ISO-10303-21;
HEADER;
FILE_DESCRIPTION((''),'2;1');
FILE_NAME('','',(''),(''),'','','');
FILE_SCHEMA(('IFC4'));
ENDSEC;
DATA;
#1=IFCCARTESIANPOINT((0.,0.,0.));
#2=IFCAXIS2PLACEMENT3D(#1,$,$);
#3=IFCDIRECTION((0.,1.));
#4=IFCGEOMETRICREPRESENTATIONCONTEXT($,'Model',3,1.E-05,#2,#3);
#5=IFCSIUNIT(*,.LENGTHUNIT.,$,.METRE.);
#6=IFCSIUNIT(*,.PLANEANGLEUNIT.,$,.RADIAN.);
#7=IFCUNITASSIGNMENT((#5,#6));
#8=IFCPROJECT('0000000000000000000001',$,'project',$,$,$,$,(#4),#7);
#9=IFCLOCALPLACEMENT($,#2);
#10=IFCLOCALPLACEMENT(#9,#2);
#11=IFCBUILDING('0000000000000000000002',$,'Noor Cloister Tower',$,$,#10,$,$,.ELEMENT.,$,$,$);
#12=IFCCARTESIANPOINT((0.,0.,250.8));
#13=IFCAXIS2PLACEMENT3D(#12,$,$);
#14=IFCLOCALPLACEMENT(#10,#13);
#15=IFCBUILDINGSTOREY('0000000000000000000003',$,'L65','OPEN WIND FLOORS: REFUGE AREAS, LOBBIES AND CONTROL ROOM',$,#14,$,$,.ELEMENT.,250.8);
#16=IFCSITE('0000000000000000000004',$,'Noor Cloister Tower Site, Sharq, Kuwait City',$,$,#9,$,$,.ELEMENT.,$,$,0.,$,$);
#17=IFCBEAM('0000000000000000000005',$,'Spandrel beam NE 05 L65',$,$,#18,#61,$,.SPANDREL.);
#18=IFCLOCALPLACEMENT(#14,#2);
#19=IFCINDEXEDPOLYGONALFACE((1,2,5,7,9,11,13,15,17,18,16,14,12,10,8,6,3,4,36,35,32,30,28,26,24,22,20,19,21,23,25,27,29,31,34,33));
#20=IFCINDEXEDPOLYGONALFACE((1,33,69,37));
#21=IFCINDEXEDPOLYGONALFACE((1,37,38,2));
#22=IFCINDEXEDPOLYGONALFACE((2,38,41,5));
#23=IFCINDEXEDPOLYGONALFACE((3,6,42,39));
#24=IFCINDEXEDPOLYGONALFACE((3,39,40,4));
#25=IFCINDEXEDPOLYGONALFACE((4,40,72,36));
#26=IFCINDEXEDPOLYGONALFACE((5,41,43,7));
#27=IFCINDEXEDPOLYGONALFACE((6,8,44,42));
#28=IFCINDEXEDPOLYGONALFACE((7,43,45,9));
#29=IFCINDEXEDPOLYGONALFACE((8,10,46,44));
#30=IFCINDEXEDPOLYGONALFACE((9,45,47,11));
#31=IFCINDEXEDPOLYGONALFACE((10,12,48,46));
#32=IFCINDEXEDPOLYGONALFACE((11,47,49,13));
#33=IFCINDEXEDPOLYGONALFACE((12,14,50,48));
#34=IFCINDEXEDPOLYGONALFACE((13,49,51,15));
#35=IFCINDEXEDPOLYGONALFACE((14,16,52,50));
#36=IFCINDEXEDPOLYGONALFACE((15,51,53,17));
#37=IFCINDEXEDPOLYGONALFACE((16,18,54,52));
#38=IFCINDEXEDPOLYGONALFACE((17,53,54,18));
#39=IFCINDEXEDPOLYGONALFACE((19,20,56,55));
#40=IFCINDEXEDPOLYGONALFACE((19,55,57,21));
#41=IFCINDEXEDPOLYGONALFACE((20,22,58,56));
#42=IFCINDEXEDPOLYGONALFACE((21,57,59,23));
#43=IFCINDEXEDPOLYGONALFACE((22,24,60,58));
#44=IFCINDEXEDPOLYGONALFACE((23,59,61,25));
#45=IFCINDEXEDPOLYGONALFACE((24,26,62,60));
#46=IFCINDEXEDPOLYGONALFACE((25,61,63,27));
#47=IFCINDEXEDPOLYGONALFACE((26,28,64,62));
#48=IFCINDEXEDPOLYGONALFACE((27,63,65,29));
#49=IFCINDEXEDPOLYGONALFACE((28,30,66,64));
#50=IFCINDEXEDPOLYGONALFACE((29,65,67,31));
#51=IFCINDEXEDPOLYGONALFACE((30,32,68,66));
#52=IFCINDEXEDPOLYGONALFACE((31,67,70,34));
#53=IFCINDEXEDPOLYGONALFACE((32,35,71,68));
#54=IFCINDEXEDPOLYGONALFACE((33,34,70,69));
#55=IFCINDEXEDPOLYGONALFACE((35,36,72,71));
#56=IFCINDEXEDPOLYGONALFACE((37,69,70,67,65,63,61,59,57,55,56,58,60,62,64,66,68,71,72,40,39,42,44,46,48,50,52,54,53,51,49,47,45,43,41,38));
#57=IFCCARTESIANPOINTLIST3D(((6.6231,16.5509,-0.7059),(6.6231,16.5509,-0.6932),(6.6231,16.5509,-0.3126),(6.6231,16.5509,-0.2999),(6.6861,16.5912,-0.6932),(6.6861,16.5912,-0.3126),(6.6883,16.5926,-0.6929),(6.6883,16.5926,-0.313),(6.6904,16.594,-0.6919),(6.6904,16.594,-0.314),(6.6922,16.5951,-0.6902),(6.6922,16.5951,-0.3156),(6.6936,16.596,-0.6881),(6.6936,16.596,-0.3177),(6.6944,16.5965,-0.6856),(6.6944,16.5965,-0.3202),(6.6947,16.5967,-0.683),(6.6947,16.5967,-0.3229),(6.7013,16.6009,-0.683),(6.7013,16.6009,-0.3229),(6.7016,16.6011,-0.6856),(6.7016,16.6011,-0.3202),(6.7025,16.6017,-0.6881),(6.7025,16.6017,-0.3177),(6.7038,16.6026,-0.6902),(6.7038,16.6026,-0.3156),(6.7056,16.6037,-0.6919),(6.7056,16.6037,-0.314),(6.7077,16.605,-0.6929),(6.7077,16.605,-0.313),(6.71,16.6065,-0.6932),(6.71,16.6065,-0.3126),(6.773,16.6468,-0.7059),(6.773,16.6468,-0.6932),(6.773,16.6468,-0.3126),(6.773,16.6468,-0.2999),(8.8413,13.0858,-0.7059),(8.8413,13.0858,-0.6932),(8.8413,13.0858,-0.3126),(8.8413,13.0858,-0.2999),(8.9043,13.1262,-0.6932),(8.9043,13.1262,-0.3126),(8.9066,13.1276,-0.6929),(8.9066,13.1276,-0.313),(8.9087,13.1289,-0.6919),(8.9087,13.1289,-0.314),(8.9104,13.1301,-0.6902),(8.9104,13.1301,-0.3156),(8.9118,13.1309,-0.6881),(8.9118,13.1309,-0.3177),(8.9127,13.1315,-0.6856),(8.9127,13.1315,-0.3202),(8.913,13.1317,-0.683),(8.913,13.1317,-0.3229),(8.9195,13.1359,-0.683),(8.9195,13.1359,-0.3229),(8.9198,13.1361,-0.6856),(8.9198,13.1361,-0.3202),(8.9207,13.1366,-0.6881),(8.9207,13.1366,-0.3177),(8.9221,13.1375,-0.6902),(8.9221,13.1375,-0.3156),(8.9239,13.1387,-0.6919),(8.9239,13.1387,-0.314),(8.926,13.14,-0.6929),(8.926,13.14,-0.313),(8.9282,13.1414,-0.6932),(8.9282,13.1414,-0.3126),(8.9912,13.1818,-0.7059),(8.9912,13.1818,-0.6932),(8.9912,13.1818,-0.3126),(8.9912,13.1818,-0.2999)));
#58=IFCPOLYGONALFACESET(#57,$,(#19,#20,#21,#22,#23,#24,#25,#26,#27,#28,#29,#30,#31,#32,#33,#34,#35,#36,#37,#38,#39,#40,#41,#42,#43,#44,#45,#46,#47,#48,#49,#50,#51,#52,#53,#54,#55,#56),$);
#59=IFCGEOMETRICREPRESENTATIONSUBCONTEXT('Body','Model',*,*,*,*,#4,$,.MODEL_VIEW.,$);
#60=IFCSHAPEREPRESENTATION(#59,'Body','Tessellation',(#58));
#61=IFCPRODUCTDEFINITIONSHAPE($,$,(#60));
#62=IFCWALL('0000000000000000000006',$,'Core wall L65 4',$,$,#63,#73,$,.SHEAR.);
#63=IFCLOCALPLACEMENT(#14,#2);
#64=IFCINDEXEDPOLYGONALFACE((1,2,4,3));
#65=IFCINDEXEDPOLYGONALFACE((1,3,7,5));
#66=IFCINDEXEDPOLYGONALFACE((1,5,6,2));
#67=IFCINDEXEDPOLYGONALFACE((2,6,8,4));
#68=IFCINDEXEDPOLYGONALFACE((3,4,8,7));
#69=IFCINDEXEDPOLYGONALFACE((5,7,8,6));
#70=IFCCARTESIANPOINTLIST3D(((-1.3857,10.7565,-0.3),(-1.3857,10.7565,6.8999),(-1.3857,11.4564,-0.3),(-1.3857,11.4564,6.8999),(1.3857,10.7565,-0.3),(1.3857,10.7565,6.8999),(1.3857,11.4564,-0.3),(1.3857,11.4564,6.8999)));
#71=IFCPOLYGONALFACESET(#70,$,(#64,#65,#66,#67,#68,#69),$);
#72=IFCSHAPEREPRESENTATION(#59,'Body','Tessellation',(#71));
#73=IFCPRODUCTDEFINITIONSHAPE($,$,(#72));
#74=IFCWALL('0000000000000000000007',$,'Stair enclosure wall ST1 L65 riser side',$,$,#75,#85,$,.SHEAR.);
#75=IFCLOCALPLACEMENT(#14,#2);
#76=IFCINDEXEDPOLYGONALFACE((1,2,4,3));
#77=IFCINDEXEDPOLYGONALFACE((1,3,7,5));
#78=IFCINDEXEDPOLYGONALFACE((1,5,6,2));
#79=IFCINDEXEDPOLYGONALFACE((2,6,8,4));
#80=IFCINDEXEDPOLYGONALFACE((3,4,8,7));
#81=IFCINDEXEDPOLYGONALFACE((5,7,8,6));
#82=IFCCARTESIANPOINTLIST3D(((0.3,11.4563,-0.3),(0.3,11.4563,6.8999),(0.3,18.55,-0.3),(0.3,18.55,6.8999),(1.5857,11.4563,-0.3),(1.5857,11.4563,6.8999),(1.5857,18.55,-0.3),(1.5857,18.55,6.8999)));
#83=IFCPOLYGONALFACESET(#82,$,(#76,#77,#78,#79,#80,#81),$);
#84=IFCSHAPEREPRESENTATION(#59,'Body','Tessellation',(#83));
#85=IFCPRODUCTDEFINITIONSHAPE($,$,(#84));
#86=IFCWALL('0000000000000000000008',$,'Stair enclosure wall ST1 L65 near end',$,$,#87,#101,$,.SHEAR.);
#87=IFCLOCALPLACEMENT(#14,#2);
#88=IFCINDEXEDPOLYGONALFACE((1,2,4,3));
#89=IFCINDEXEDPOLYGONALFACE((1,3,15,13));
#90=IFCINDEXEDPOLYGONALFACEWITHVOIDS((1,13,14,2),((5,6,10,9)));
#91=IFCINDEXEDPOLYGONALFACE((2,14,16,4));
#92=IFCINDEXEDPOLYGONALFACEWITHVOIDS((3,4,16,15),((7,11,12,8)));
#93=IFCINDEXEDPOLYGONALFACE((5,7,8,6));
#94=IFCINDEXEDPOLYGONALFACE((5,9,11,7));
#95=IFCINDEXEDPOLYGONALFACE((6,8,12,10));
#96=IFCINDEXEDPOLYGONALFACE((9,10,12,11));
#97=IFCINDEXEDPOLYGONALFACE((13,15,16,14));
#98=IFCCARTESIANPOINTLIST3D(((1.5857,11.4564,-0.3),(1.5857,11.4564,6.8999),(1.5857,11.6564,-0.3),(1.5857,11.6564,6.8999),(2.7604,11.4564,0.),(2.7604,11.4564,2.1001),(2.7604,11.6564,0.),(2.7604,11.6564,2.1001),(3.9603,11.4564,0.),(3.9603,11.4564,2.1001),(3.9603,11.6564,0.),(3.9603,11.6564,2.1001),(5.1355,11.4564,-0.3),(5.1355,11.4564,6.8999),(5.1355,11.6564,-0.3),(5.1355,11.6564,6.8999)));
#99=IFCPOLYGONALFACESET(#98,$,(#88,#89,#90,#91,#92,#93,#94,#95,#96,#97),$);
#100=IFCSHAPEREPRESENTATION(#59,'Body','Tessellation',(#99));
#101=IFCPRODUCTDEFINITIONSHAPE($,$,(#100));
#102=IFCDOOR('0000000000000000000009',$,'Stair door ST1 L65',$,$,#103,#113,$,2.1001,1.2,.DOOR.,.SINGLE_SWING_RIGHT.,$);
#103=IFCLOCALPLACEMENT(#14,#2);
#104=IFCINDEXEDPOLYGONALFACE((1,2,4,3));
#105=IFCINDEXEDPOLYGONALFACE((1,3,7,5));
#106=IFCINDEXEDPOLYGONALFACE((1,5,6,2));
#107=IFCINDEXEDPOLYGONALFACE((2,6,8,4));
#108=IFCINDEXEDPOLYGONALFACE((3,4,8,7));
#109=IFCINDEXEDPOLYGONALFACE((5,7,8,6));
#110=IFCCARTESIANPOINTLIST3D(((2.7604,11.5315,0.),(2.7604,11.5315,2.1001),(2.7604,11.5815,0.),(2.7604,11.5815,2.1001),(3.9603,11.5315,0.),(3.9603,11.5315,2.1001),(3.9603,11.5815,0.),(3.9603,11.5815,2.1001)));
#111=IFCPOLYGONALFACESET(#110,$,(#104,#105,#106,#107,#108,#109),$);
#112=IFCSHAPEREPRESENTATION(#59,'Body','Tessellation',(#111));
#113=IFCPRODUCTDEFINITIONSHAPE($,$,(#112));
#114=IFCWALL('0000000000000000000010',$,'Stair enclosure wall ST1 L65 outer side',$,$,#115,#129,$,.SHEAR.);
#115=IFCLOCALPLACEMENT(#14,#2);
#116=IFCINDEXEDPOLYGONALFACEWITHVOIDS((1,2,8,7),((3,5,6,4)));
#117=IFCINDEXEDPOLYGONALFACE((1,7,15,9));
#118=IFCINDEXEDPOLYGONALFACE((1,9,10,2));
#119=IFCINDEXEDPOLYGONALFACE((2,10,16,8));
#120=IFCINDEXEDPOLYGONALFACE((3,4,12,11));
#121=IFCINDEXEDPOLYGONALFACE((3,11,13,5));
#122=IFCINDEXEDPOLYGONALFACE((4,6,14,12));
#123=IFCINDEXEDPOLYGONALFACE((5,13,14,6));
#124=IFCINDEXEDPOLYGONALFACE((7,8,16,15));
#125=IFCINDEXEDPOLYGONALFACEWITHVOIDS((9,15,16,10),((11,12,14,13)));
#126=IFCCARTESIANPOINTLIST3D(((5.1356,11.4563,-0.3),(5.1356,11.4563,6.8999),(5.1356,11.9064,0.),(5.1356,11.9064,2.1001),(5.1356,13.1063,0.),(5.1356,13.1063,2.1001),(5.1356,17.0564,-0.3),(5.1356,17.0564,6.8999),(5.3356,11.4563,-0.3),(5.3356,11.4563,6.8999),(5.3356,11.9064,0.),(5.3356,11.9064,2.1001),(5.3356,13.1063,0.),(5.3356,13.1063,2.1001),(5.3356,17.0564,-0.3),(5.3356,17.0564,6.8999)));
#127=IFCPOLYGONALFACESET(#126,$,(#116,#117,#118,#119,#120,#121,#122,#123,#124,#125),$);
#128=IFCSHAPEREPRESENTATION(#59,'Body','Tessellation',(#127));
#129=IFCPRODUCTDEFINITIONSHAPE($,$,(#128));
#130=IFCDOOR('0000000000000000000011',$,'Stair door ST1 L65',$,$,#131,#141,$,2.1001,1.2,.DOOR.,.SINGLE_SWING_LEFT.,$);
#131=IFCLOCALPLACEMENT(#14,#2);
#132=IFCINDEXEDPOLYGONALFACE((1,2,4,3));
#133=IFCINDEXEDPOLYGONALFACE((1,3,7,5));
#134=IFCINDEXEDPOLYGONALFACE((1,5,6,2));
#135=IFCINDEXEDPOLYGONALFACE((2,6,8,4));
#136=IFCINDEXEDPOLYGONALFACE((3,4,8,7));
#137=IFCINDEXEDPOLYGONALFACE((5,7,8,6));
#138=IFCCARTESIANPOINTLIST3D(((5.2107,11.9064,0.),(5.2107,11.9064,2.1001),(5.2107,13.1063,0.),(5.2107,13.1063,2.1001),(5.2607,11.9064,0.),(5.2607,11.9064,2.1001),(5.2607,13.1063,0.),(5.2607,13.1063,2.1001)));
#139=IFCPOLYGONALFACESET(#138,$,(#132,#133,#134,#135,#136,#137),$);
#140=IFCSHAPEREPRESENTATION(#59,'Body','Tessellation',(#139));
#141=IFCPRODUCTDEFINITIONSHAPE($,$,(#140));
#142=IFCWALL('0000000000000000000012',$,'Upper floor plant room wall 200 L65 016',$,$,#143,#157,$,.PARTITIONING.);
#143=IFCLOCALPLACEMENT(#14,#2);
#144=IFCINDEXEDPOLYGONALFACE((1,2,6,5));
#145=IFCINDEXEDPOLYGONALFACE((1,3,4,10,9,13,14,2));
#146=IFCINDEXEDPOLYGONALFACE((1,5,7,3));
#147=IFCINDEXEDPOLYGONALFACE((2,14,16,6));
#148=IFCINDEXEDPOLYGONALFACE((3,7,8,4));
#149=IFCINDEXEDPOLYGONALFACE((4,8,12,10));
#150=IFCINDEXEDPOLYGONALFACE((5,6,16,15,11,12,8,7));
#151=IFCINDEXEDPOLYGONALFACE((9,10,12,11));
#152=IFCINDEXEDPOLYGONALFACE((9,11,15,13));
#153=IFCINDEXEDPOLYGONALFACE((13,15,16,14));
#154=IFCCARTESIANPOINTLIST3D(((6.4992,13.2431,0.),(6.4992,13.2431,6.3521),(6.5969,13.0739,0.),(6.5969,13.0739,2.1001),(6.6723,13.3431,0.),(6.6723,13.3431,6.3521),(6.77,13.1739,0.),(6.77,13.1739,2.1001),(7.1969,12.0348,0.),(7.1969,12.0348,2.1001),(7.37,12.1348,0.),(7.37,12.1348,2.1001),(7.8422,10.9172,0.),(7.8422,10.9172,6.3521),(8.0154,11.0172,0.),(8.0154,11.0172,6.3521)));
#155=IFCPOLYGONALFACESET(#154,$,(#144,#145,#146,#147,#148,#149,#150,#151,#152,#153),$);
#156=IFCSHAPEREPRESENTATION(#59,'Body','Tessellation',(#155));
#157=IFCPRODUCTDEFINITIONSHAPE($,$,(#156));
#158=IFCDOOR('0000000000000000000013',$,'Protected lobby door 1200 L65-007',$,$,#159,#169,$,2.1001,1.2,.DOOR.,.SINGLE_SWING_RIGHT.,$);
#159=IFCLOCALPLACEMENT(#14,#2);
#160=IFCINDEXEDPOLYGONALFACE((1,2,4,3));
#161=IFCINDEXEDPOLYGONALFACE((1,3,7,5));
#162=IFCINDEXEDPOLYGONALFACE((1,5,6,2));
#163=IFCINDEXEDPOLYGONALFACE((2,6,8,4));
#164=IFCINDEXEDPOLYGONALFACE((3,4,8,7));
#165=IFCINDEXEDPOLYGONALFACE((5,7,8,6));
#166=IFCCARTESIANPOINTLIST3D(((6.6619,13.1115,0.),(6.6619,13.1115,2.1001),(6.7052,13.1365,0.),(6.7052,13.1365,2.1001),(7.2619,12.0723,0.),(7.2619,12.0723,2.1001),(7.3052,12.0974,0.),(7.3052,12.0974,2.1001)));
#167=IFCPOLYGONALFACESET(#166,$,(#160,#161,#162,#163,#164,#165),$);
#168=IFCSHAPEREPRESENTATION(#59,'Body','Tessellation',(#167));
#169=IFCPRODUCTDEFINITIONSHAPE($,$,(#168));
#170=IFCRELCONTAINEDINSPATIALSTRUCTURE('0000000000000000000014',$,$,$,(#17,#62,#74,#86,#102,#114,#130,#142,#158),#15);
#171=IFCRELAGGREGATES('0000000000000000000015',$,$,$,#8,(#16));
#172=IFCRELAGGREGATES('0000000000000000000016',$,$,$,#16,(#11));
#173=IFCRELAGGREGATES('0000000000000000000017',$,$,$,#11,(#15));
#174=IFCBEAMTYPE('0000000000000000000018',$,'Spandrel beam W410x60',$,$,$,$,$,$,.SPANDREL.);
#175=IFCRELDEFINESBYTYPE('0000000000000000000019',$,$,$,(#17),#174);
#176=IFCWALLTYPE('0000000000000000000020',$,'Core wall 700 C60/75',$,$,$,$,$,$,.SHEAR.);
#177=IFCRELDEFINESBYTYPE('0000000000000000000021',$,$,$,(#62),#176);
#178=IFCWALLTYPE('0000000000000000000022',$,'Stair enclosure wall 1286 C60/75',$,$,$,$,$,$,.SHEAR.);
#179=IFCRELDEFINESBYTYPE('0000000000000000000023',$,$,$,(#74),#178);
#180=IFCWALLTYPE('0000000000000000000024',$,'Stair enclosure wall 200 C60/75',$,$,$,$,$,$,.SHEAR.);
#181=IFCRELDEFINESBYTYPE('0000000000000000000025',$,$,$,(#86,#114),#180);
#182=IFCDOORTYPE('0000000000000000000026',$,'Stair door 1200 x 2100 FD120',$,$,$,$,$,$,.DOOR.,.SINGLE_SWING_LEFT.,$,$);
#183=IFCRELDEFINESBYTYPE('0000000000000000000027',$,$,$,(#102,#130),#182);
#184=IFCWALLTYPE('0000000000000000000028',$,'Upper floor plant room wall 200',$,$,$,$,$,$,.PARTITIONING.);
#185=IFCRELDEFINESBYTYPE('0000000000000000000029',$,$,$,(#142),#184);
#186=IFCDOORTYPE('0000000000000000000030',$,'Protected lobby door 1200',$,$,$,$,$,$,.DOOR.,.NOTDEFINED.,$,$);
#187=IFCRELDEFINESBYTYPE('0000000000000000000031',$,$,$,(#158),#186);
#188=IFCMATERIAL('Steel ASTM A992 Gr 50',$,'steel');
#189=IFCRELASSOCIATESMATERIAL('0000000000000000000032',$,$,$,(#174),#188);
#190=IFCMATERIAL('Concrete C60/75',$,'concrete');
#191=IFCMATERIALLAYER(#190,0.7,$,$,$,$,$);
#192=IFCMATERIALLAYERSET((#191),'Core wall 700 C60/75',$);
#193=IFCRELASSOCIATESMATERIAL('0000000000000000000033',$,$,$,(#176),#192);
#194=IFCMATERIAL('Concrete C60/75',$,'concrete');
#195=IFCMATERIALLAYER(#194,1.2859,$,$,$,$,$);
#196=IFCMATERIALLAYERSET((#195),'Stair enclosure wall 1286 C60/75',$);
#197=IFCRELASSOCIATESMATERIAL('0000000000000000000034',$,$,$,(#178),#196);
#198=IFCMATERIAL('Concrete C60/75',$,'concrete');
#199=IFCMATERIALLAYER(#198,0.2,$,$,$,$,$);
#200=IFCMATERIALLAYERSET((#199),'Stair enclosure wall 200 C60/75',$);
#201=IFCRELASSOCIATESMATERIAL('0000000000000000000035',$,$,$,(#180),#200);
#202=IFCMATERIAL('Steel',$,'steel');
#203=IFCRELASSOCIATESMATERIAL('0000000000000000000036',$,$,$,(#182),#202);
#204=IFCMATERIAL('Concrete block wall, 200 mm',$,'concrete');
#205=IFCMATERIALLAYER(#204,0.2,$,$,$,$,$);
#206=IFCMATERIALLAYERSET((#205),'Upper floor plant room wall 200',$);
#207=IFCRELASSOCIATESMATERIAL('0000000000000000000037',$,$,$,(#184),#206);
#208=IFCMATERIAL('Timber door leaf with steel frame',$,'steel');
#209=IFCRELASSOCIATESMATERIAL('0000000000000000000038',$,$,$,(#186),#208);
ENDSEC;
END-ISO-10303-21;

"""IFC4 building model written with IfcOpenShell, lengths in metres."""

from ifc_helpers import new_model, si_unit, direction, frame, frame_2d, origin, origin_2d, place, context, subcontext, project, spatial, rectangle, i_section, extrude, material, layer, layer_set, material_profile, profile_set, type_object, element, fill, save


model = new_model("IFC4")

# Units and contexts
model_context = context("Model", 3, precision=1e-05, world=origin(), true_north=direction((0.0, 1.0)))
body_context = subcontext(model_context, "Body", "Model", "MODEL_VIEW")
ifc_project = project(units=[si_unit("LENGTHUNIT", "METRE"), si_unit("PLANEANGLEUNIT", "RADIAN")], contexts=[model_context])

# Site, building, storey
site_placement = place(None, origin())
site = spatial("IfcSite", under=ifc_project, at=site_placement, Name="Noor Cloister Tower Site, Sharq, Kuwait City", CompositionType="ELEMENT", RefElevation=0.0)
building_placement = place(site_placement, origin())
building = spatial("IfcBuilding", under=site, at=building_placement, Name="Noor Cloister Tower", CompositionType="ELEMENT")
storey_placement = place(building_placement, frame((0.0, 0.0, 250.8)))
storey = spatial("IfcBuildingStorey", under=building, at=storey_placement, Name="L65", Description="OPEN WIND FLOORS: REFUGE AREAS, LOBBIES AND CONTROL ROOM", CompositionType="ELEMENT", Elevation=250.8)

# Beam
ifc_material_1 = material(Name="Steel ASTM A992 Gr 50", Category="steel")
ifc_material_profile_1 = material_profile(ifc_material_1, i_section(OverallWidth=0.178, OverallDepth=0.406, WebThickness=0.0078, FlangeThickness=0.0127, FilletRadius=0.0103, at=origin_2d()), Name="W410x60")
ifc_profile_set_1 = profile_set([ifc_material_profile_1], Name="Steel ASTM A992 Gr 50")
beam_type_1 = type_object("IfcBeamType", Name="Spandrel beam W410x60", PredefinedType="SPANDREL", material=ifc_profile_set_1)
beam_1_placement = place(storey_placement, frame((8.9163, 13.1338, -0.5029), z_axis=(-0.539158, 0.842205, 0.0), x_axis=(-0.842205, -0.539158, 0.0)))
element("IfcBeam", 1, at=beam_1_placement, inside=storey, type_object=beam_type_1, Name="Spandrel beam NE 05 L65", PredefinedType="SPANDREL", context=body_context, shape_type="SweptSolid", body=[
    extrude(i_section(OverallWidth=0.178, OverallDepth=0.406, WebThickness=0.0078, FlangeThickness=0.0127, FilletRadius=0.0103, at=origin_2d()), origin(), (0.0, 0.0, 1.0), 4.1143),
])

# Walls
ifc_material_2 = material(Name="Concrete C60/75", Category="concrete")
ifc_layer_1 = layer(ifc_material_2, 0.7)
ifc_layer_set_1 = layer_set([ifc_layer_1], Name="Core wall 700 C60/75")
wall_type_1 = type_object("IfcWallType", Name="Core wall 700 C60/75", PredefinedType="SHEAR", material=ifc_layer_set_1)
wall_1_placement = place(storey_placement, frame((1.3857, 11.1064, -0.3), z_axis=(0.0, 0.0, 1.0), x_axis=(-1.0, 0.0, 0.0)))
element("IfcWall", 2, at=wall_1_placement, inside=storey, type_object=wall_type_1, Name="Core wall L65 4", PredefinedType="SHEAR", context=body_context, shape_type="SweptSolid", body=[
    extrude(rectangle(XDim=2.7715, YDim=0.7, at=frame_2d((1.3857, 0.0))), origin(), (0.0, 0.0, 1.0), 7.2),
])
ifc_material_3 = material(Name="Concrete C60/75", Category="concrete")
ifc_layer_2 = layer(ifc_material_3, 1.2859)
ifc_layer_set_2 = layer_set([ifc_layer_2], Name="Stair enclosure wall 1286 C60/75")
wall_type_2 = type_object("IfcWallType", Name="Stair enclosure wall 1286 C60/75", PredefinedType="SHEAR", material=ifc_layer_set_2)
wall_2_placement = place(storey_placement, frame((0.9429, 11.4563, -0.3), z_axis=(0.0, 0.0, 1.0), x_axis=(0.0, 1.0, 0.0)))
element("IfcWall", 3, at=wall_2_placement, inside=storey, type_object=wall_type_2, Name="Stair enclosure wall ST1 L65 riser side", PredefinedType="SHEAR", context=body_context, shape_type="SweptSolid", body=[
    extrude(rectangle(XDim=7.0938, YDim=1.2856, at=frame_2d((3.5469, 0.0))), origin(), (0.0, 0.0, 1.0), 7.2),
])

# Walls, openings, doors
ifc_material_4 = material(Name="Concrete C60/75", Category="concrete")
ifc_layer_3 = layer(ifc_material_4, 0.2)
ifc_layer_set_3 = layer_set([ifc_layer_3], Name="Stair enclosure wall 200 C60/75")
wall_type_3 = type_object("IfcWallType", Name="Stair enclosure wall 200 C60/75", PredefinedType="SHEAR", material=ifc_layer_set_3)
wall_3_placement = place(storey_placement, frame((5.1355, 11.5564, -0.3), z_axis=(0.0, 0.0, 1.0), x_axis=(-1.0, 0.0, 0.0)))
wall_3 = element("IfcWall", 4, at=wall_3_placement, inside=storey, type_object=wall_type_3, Name="Stair enclosure wall ST1 L65 near end", PredefinedType="SHEAR", context=body_context, shape_type="SweptSolid", body=[
    extrude(rectangle(XDim=3.5498, YDim=0.2, at=frame_2d((1.7749, 0.0))), origin(), (0.0, 0.0, 1.0), 7.2),
])
opening_1_placement = place(wall_3_placement, frame((1.175, 0.0, 0.3)))
opening_1 = element("IfcOpeningElement", 5, at=opening_1_placement, cuts=wall_3, PredefinedType="OPENING", context=body_context, shape_type="SweptSolid", body=[
    extrude(rectangle(XDim=1.2, YDim=2.1001, at=frame_2d((0.6001, 1.05))), frame((0.0, 0.1099, 0.0), z_axis=(0.0, -1.0, 0.0), x_axis=(1.0, 0.0, 0.0)), (0.0, 0.0, 1.0), 0.22),
])
ifc_material_5 = material(Name="Steel", Category="steel")
door_type_1 = type_object("IfcDoorType", Name="Stair door 1200 x 2100 FD120", OperationType="SINGLE_SWING_LEFT", PredefinedType="DOOR", material=ifc_material_5)
door_1_placement = place(opening_1_placement, origin())
door_1 = element("IfcDoor", 6, at=door_1_placement, inside=storey, type_object=door_type_1, Name="Stair door ST1 L65", OperationType="SINGLE_SWING_RIGHT", OverallHeight=2.1001, OverallWidth=1.2, PredefinedType="DOOR", context=body_context, shape_type="SweptSolid", body=[
    extrude(rectangle(XDim=1.2, YDim=2.1001, at=frame_2d((0.6001, 1.05))), frame((0.0, 0.0249, 0.0), z_axis=(0.0, -1.0, 0.0), x_axis=(1.0, 0.0, 0.0)), (0.0, 0.0, 1.0), 0.05),
])
fill(opening_1, door_1)
wall_4_placement = place(storey_placement, frame((5.2356, 11.4563, -0.3), z_axis=(0.0, 0.0, 1.0), x_axis=(0.0, 1.0, 0.0)))
wall_4 = element("IfcWall", 7, at=wall_4_placement, inside=storey, type_object=wall_type_3, Name="Stair enclosure wall ST1 L65 outer side", PredefinedType="SHEAR", context=body_context, shape_type="SweptSolid", body=[
    extrude(rectangle(XDim=5.6001, YDim=0.2, at=frame_2d((2.8, 0.0))), origin(), (0.0, 0.0, 1.0), 7.2),
])
opening_2_placement = place(wall_4_placement, frame((0.45, 0.0, 0.3)))
opening_2 = element("IfcOpeningElement", 8, at=opening_2_placement, cuts=wall_4, PredefinedType="OPENING", context=body_context, shape_type="SweptSolid", body=[
    extrude(rectangle(XDim=1.2, YDim=2.1001, at=frame_2d((0.6001, 1.05))), frame((0.0, 0.1099, 0.0), z_axis=(0.0, -1.0, 0.0), x_axis=(1.0, 0.0, 0.0)), (0.0, 0.0, 1.0), 0.22),
])
door_2_placement = place(opening_2_placement, origin())
door_2 = element("IfcDoor", 9, at=door_2_placement, inside=storey, type_object=door_type_1, Name="Stair door ST1 L65", OperationType="SINGLE_SWING_LEFT", OverallHeight=2.1001, OverallWidth=1.2, PredefinedType="DOOR", context=body_context, shape_type="SweptSolid", body=[
    extrude(rectangle(XDim=1.2, YDim=2.1001, at=frame_2d((0.6001, 1.05))), frame((0.0, 0.0249, 0.0), z_axis=(0.0, -1.0, 0.0), x_axis=(1.0, 0.0, 0.0)), (0.0, 0.0, 1.0), 0.05),
])
fill(opening_2, door_2)
ifc_material_6 = material(Name="Concrete block wall, 200 mm", Category="concrete")
ifc_layer_4 = layer(ifc_material_6, 0.2)
ifc_layer_set_4 = layer_set([ifc_layer_4], Name="Upper floor plant room wall 200")
wall_type_4 = type_object("IfcWallType", Name="Upper floor plant room wall 200", PredefinedType="PARTITIONING", material=ifc_layer_set_4)
wall_5_placement = place(storey_placement, frame((7.9287, 10.9673, 0.0), z_axis=(0.0, 0.0, 1.0), x_axis=(-0.50004, 0.866002, 0.0)))
wall_5 = element("IfcWall", 10, at=wall_5_placement, inside=storey, type_object=wall_type_4, Name="Upper floor plant room wall 200 L65 016", PredefinedType="PARTITIONING", context=body_context, shape_type="SweptSolid", body=[
    extrude(rectangle(XDim=2.6858, YDim=0.2, at=frame_2d((1.3428, 0.0))), origin(), (0.0, 0.0, 1.0), 6.3521),
])
opening_3_placement = place(wall_5_placement, frame((1.2903, 0.0, 0.0)))
opening_3 = element("IfcOpeningElement", 11, at=opening_3_placement, cuts=wall_5, PredefinedType="OPENING", context=body_context, shape_type="SweptSolid", body=[
    extrude(rectangle(XDim=1.2, YDim=2.1001, at=frame_2d((0.6001, 1.05))), frame((0.0, 0.1099, 0.0), z_axis=(0.0, -1.0, 0.0), x_axis=(1.0, 0.0, 0.0)), (0.0, 0.0, 1.0), 0.22),
])
ifc_material_7 = material(Name="Timber door leaf with steel frame", Category="steel")
door_type_2 = type_object("IfcDoorType", Name="Protected lobby door 1200", OperationType="NOTDEFINED", PredefinedType="DOOR", material=ifc_material_7)
door_3_placement = place(opening_3_placement, origin())
door_3 = element("IfcDoor", 12, at=door_3_placement, inside=storey, type_object=door_type_2, Name="Protected lobby door 1200 L65-007", OperationType="SINGLE_SWING_RIGHT", OverallHeight=2.1001, OverallWidth=1.2, PredefinedType="DOOR", context=body_context, shape_type="SweptSolid", body=[
    extrude(rectangle(XDim=1.2, YDim=2.1001, at=frame_2d((0.6001, 1.05))), frame((0.0, 0.0249, 0.0), z_axis=(0.0, -1.0, 0.0), x_axis=(1.0, 0.0, 0.0)), (0.0, 0.0, 1.0), 0.05),
])
fill(opening_3, door_3)

save(model, "model.ifc")
